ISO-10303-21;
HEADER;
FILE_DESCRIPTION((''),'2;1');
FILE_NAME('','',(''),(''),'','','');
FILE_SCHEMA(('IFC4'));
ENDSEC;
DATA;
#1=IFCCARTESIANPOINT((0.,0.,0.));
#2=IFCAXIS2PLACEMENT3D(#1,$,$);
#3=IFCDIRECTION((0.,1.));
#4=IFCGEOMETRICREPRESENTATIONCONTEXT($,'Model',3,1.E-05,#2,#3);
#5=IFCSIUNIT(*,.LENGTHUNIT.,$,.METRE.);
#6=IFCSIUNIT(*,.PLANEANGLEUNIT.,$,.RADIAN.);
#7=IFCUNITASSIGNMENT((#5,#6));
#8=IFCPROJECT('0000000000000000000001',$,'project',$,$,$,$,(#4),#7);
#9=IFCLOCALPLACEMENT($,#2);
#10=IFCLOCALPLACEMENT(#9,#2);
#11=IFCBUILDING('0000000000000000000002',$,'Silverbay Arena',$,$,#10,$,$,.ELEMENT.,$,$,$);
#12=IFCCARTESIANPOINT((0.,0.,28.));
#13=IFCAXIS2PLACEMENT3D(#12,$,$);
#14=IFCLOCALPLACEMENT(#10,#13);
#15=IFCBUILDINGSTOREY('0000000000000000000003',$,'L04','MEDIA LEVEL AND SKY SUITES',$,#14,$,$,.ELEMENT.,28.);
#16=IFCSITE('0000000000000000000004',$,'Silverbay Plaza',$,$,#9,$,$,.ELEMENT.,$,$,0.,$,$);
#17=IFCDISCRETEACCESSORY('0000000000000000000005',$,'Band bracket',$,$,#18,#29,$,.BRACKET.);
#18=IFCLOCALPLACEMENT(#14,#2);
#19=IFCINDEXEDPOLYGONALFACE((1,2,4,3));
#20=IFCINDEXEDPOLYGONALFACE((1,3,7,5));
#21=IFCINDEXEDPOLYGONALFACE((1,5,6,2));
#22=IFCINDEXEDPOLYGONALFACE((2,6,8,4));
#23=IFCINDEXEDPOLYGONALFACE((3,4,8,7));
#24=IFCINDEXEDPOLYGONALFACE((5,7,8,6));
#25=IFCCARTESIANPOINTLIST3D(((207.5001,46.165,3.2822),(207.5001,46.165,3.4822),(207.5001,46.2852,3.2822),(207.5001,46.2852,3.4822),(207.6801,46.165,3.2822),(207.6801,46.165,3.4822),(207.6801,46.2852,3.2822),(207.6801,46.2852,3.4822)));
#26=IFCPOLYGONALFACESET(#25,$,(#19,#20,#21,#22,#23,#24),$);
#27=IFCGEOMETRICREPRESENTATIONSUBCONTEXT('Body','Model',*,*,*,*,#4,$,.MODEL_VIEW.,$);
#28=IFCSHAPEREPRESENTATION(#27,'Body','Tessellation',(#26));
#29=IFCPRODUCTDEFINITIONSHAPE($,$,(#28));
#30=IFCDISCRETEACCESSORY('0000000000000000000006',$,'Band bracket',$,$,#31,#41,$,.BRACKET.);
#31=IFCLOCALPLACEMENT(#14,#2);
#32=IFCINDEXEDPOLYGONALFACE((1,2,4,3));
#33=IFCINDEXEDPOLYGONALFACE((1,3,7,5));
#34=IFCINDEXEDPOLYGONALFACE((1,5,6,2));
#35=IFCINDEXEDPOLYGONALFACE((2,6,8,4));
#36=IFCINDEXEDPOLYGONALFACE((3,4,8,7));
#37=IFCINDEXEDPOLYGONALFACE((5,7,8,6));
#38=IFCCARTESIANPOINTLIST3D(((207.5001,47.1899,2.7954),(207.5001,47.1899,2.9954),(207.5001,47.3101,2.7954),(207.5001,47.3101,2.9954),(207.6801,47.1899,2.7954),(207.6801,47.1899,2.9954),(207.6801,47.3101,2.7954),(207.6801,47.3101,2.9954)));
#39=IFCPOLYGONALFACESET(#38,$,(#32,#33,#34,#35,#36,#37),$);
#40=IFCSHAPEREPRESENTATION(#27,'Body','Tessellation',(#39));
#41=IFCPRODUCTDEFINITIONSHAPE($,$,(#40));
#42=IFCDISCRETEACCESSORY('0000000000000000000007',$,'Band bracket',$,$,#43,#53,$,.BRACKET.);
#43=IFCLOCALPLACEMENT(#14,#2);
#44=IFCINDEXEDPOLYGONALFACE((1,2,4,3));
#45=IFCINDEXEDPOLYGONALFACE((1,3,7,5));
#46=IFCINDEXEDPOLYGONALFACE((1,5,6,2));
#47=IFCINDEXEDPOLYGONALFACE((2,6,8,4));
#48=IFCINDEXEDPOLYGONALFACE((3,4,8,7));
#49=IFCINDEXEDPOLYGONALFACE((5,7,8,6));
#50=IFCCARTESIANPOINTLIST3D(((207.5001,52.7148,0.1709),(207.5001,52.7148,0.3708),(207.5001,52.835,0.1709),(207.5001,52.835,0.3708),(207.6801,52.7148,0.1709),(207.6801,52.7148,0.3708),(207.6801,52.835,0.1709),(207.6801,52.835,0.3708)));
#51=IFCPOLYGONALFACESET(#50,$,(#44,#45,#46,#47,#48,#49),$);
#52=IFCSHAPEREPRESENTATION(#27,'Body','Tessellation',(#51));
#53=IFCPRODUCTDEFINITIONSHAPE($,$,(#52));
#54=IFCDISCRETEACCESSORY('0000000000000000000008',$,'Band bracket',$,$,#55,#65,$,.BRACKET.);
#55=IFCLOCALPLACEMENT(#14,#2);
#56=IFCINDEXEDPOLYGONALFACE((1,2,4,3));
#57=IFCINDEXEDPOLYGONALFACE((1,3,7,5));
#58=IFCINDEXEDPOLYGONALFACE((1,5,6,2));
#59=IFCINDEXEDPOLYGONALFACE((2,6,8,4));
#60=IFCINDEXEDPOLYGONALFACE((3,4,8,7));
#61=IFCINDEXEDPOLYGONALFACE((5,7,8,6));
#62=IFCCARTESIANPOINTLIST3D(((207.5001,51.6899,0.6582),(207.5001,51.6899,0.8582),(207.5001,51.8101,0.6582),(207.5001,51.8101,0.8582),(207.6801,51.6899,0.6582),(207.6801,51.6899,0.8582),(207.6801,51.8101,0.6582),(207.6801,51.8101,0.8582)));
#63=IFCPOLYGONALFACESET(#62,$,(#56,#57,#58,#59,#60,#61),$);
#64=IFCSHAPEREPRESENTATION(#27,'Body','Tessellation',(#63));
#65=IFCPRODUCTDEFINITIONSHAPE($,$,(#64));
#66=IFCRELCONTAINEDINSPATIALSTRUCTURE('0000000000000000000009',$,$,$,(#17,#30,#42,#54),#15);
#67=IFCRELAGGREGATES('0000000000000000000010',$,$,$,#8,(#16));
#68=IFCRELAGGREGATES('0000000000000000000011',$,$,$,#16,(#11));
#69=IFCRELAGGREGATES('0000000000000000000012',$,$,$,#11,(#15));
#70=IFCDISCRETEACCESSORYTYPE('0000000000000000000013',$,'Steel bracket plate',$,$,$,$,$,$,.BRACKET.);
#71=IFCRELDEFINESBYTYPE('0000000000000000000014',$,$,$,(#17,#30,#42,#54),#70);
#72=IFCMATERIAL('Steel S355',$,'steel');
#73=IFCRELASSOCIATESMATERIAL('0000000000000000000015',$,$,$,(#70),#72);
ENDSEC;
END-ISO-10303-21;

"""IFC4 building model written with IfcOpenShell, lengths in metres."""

from ifc_helpers import new_model, si_unit, direction, frame, origin, origin_2d, place, context, subcontext, project, spatial, rectangle, extrude, material, type_object, element, save


model = new_model("IFC4")

# Units and contexts
model_context = context("Model", 3, precision=1e-05, world=origin(), true_north=direction((0.0, 1.0)))
body_context = subcontext(model_context, "Body", "Model", "MODEL_VIEW")
ifc_project = project(units=[si_unit("LENGTHUNIT", "METRE"), si_unit("PLANEANGLEUNIT", "RADIAN")], contexts=[model_context])

# Site, building, storey
site_placement = place(None, origin())
site = spatial("IfcSite", under=ifc_project, at=site_placement, Name="Silverbay Plaza", CompositionType="ELEMENT", RefElevation=0.0)
building_placement = place(site_placement, origin())
building = spatial("IfcBuilding", under=site, at=building_placement, Name="Silverbay Arena", CompositionType="ELEMENT")
storey_placement = place(building_placement, frame((0.0, 0.0, 28.0)))
storey = spatial("IfcBuildingStorey", under=building, at=storey_placement, Name="L04", Description="MEDIA LEVEL AND SKY SUITES", CompositionType="ELEMENT", Elevation=28.0)

# Discrete accessories
ifc_material_1 = material(Name="Steel S355", Category="steel")
discrete_accessory_type = type_object("IfcDiscreteAccessoryType", Name="Steel bracket plate", PredefinedType="BRACKET", material=ifc_material_1)
for number, where, z_axis, x_axis, name in (
    (1, (207.5901, 46.2251, 3.2822), (0.0, 0.0, 1.0), (1.0, 0.0, 0.0), "Band bracket"),
    (2, (207.5901, 47.25, 2.7954), (0.0, 0.0, 1.0), (1.0, 0.0, 0.0), "Band bracket"),
    (3, (207.5901, 52.7749, 0.1709), (0.0, 0.0, 1.0), (1.0, 0.0, 0.0), "Band bracket"),
    (4, (207.5901, 51.75, 0.6582), (0.0, 0.0, 1.0), (1.0, 0.0, 0.0), "Band bracket"),
):
    element("IfcDiscreteAccessory", number, at=place(storey_placement, frame(where, z_axis=z_axis, x_axis=x_axis)), inside=storey, type_object=discrete_accessory_type, Name=name, PredefinedType="BRACKET", context=body_context, shape_type="SweptSolid", body=[
        extrude(rectangle(XDim=0.1799, YDim=0.1201, at=origin_2d()), origin(), (0.0, 0.0, 1.0), 0.2),
    ])

save(model, "model.ifc")
